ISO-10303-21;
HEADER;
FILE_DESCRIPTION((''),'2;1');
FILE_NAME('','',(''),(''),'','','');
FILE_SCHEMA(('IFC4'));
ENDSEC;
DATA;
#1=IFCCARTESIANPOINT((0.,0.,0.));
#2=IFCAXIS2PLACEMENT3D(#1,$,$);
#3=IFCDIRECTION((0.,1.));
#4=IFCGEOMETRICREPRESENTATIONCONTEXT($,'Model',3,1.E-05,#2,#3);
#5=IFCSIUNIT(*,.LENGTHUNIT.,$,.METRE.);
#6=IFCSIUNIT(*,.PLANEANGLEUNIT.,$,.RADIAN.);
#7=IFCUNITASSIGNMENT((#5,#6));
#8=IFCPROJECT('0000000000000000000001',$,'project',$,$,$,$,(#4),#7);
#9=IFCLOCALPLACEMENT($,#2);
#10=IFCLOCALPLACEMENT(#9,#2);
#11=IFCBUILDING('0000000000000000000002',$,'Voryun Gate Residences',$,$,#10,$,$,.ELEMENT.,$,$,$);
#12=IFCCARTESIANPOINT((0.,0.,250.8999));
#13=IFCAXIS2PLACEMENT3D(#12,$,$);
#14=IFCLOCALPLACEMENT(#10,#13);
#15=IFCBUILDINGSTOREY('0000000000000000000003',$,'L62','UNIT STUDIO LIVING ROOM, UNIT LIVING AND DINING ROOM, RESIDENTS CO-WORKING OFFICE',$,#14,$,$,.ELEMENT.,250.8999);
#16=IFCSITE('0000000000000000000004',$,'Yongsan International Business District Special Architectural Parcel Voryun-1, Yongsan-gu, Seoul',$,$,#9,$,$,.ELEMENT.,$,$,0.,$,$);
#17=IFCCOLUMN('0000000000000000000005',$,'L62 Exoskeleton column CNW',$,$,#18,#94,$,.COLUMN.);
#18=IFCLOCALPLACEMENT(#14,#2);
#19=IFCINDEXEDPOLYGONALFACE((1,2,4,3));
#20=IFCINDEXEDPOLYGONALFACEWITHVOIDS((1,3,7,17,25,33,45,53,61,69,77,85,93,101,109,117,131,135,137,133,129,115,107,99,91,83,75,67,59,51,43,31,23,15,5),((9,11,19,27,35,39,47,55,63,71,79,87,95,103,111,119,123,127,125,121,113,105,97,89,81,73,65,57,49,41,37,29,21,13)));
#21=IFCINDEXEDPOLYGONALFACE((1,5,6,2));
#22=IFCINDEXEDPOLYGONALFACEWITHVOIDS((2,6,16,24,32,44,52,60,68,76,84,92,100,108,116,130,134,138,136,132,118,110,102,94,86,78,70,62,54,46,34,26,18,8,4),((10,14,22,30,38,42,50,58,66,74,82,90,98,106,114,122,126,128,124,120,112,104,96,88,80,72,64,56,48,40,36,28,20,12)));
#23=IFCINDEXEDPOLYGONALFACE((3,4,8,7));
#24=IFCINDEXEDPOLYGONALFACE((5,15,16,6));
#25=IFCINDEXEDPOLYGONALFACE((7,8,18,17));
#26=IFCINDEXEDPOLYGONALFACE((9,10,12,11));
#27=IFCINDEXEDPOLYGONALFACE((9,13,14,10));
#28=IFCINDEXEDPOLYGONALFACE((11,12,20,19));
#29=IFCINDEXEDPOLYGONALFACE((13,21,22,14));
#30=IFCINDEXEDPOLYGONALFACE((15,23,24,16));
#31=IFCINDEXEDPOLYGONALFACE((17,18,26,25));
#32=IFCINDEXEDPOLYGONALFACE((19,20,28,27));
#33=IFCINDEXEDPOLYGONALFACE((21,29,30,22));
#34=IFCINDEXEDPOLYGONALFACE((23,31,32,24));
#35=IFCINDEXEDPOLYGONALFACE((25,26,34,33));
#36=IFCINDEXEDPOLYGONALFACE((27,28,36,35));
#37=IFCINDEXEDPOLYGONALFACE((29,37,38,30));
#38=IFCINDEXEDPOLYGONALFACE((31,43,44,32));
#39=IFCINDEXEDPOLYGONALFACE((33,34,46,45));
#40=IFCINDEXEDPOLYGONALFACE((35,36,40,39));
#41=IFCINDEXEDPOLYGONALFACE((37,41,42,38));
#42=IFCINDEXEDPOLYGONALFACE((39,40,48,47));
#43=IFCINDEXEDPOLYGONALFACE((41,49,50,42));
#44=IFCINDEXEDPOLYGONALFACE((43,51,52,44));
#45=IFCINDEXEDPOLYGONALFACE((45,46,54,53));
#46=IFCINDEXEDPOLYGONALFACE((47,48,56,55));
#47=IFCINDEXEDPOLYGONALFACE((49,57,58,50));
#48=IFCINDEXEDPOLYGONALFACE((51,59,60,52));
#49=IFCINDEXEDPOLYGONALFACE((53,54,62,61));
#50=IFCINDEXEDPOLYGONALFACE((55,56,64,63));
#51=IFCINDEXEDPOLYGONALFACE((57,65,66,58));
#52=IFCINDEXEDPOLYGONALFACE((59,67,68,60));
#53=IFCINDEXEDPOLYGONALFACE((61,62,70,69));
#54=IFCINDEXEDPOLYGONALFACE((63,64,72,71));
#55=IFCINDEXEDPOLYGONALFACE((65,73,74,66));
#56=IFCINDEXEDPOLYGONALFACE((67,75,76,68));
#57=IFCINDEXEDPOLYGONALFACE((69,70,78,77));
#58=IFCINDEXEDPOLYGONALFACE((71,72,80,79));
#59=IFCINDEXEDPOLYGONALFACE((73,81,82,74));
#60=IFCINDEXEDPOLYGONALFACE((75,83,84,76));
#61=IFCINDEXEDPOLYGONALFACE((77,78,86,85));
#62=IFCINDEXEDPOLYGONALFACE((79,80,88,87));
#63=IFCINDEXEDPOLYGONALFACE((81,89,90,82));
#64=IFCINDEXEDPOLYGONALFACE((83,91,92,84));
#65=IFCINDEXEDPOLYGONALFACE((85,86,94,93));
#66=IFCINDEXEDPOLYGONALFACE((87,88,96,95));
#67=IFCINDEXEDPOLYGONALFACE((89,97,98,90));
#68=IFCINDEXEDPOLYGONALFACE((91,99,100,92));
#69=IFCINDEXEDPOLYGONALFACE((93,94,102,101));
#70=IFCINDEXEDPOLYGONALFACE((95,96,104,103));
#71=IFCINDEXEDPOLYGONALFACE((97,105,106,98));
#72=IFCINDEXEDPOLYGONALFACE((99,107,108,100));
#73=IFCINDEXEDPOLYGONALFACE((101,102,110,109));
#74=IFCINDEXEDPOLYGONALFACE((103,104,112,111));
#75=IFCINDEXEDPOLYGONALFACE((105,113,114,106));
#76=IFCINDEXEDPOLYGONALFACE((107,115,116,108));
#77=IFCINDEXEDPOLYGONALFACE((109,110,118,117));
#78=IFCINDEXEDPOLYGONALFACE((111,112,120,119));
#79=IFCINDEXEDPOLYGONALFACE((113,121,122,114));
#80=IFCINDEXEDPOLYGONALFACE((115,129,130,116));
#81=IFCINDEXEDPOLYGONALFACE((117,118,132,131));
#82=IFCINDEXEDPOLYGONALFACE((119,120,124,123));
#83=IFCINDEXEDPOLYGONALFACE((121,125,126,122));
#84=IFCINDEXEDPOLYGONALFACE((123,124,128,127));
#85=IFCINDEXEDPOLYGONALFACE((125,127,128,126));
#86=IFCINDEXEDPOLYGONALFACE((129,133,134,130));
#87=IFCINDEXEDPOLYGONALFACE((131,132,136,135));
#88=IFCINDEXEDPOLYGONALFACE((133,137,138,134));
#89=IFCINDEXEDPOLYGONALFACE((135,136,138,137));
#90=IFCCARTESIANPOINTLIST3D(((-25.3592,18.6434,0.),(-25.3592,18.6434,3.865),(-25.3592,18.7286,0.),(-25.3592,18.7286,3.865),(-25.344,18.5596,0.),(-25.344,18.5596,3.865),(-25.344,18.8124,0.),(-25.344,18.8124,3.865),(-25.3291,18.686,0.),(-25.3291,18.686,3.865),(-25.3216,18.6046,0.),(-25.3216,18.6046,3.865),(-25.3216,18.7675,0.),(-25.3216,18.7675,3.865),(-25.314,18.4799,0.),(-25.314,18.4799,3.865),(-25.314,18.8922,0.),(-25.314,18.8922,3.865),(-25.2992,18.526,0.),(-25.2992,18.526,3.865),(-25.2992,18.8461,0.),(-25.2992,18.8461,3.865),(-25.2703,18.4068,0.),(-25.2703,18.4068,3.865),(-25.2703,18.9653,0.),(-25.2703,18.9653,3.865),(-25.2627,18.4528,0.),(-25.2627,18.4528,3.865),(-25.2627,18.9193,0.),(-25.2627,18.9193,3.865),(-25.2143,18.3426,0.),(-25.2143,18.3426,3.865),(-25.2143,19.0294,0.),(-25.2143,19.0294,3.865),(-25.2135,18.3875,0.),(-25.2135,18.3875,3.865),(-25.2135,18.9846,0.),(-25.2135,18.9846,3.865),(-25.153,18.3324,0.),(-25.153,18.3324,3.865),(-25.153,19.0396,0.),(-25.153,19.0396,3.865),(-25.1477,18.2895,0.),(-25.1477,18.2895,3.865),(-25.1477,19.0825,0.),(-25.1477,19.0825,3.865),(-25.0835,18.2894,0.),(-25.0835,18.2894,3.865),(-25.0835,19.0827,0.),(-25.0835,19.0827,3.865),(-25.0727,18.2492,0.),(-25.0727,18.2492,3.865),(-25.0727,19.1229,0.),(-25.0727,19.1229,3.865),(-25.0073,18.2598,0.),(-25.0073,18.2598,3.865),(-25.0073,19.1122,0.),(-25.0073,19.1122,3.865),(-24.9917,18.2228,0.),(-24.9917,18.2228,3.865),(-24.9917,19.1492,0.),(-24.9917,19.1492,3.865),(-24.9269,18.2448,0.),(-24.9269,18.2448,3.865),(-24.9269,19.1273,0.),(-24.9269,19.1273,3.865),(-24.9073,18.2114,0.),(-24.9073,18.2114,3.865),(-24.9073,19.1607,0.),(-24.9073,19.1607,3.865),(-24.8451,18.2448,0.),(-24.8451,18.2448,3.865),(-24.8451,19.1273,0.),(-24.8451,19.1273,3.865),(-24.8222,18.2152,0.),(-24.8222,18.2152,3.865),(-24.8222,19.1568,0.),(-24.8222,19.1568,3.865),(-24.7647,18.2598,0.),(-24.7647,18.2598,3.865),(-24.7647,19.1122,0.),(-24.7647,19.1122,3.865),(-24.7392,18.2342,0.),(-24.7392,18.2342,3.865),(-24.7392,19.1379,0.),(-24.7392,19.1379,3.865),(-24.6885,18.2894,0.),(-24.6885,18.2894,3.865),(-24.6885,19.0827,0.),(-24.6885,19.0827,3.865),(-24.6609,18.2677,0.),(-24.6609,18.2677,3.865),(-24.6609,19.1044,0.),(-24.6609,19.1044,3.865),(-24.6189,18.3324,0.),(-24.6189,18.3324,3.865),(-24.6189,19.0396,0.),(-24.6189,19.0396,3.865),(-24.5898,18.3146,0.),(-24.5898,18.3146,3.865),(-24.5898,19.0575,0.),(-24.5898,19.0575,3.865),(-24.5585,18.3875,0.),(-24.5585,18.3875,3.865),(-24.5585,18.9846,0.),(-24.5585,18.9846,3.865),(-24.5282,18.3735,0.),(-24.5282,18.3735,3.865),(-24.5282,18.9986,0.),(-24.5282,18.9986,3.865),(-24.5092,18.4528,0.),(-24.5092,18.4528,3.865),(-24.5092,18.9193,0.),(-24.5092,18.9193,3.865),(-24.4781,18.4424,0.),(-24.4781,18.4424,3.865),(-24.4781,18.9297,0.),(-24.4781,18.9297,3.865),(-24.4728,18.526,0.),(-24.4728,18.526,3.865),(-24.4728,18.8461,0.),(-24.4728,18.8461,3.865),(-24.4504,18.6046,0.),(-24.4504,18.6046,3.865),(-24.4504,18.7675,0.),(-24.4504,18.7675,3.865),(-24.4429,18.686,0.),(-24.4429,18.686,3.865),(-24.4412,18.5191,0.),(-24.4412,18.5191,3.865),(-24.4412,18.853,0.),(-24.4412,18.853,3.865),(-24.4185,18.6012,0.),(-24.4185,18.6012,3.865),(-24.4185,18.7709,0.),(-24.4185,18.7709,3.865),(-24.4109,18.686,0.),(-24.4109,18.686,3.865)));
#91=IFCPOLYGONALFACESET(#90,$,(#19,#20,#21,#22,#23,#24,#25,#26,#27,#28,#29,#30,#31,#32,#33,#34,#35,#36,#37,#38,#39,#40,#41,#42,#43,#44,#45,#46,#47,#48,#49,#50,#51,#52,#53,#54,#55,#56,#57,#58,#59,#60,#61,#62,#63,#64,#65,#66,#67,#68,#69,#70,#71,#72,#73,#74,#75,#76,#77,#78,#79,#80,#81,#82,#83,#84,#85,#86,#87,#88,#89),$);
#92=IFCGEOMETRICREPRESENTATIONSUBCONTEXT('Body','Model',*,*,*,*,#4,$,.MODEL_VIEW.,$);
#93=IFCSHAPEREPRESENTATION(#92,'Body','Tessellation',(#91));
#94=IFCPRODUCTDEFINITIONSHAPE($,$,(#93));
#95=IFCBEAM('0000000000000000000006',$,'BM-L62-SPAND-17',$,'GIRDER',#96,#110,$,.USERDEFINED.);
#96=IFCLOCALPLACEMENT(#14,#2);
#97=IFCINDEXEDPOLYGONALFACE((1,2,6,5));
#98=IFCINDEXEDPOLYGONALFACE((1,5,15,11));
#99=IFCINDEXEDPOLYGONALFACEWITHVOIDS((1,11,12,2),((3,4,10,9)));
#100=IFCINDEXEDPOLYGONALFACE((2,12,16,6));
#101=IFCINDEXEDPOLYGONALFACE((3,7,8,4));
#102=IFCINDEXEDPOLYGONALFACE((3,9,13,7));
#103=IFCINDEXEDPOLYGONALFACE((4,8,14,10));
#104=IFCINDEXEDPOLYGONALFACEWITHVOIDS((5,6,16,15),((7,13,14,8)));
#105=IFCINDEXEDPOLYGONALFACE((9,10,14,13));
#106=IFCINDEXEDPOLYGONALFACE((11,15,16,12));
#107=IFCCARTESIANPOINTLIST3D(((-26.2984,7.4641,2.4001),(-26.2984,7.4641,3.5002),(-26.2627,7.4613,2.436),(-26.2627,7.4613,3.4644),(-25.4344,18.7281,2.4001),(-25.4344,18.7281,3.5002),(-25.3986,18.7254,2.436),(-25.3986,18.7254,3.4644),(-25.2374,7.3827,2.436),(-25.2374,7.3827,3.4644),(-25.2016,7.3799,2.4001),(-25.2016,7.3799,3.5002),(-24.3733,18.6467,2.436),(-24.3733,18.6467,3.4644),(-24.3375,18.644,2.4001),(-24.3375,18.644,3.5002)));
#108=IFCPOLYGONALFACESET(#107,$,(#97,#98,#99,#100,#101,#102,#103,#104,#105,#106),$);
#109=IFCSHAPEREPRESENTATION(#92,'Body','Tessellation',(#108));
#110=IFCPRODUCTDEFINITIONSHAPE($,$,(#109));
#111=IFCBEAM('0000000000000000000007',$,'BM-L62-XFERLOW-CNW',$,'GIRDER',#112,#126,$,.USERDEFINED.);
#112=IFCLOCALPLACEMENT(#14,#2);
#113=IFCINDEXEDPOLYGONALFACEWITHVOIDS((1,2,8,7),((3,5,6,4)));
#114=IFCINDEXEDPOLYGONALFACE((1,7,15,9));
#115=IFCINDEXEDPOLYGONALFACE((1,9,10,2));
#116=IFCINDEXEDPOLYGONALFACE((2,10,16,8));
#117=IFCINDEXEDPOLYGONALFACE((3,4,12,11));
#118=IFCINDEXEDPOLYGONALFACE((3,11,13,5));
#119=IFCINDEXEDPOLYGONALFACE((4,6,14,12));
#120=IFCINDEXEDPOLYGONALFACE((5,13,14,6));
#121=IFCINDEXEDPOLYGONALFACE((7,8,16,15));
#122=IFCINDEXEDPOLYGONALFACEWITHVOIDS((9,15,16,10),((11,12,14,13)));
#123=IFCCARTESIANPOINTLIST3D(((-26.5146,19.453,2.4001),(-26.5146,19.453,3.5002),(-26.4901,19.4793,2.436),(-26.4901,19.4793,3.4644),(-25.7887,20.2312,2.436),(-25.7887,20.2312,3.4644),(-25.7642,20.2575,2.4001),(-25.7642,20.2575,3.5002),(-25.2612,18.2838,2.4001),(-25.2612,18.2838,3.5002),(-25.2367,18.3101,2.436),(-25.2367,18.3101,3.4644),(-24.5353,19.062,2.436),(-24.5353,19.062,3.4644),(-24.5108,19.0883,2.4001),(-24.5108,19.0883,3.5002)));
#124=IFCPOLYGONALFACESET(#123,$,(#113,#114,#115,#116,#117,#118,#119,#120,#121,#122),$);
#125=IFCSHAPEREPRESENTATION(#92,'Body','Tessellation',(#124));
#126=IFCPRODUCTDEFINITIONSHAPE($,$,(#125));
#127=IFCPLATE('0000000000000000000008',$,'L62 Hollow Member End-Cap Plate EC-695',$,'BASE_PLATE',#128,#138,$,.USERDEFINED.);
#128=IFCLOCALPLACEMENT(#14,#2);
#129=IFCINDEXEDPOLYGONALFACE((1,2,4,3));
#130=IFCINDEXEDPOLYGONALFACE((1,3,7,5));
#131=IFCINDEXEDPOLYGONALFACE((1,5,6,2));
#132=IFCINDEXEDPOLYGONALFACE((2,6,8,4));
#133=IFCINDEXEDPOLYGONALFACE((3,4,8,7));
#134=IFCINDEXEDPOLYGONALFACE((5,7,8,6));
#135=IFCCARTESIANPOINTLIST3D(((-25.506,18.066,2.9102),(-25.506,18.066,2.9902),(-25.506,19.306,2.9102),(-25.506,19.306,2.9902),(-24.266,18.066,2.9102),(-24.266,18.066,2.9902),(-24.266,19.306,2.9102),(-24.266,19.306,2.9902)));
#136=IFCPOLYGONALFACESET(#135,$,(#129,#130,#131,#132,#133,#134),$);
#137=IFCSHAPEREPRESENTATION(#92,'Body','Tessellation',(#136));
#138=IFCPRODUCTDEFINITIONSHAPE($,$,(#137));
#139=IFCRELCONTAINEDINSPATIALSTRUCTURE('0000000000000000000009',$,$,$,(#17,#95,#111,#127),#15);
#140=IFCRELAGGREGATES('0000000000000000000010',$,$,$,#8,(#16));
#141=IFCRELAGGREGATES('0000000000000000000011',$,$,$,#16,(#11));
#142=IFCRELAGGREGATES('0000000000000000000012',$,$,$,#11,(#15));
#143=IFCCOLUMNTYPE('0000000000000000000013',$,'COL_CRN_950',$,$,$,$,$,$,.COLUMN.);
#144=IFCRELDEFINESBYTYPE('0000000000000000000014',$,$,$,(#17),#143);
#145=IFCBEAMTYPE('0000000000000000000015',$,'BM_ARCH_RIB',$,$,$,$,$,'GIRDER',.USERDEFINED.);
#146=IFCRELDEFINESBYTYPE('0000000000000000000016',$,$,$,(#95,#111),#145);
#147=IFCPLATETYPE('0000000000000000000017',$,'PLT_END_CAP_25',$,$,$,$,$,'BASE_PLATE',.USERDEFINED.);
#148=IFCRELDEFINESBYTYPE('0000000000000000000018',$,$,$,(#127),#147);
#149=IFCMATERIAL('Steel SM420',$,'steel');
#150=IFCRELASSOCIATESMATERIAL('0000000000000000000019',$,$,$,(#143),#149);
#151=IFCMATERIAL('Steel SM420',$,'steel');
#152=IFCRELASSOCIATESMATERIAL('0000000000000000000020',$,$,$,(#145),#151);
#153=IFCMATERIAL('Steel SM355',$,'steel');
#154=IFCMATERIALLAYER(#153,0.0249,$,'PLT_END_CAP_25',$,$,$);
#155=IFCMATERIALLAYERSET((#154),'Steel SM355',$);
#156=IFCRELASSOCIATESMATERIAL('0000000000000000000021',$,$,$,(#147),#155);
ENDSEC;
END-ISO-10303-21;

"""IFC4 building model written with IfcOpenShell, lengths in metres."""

from ifc_helpers import new_model, si_unit, direction, frame, origin, origin_2d, place, context, subcontext, project, spatial, rectangle, hollow_rectangle, hollow_circle, extrude, material, layer, layer_set, material_profile, profile_set, type_object, element, save


model = new_model("IFC4")

# Units and contexts
model_context = context("Model", 3, precision=1e-05, world=origin(), true_north=direction((0.0, 1.0)))
body_context = subcontext(model_context, "Body", "Model", "MODEL_VIEW")
ifc_project = project(units=[si_unit("LENGTHUNIT", "METRE"), si_unit("PLANEANGLEUNIT", "RADIAN")], contexts=[model_context])

# Site, building, storey
site_placement = place(None, origin())
site = spatial("IfcSite", under=ifc_project, at=site_placement, Name="Yongsan International Business District Special Architectural Parcel Voryun-1, Yongsan-gu, Seoul", CompositionType="ELEMENT", RefElevation=0.0)
building_placement = place(site_placement, origin())
building = spatial("IfcBuilding", under=site, at=building_placement, Name="Voryun Gate Residences", CompositionType="ELEMENT")
storey_placement = place(building_placement, frame((0.0, 0.0, 250.8999)))
storey = spatial("IfcBuildingStorey", under=building, at=storey_placement, Name="L62", Description="UNIT STUDIO LIVING ROOM, UNIT LIVING AND DINING ROOM, RESIDENTS CO-WORKING OFFICE", CompositionType="ELEMENT", Elevation=250.8999)

# Column
ifc_material_1 = material(Name="Steel SM420", Category="steel")
ifc_material_profile_1 = material_profile(ifc_material_1, hollow_circle(Radius=0.4751, WallThickness=0.032, at=origin_2d()), Name="CHS-950x32")
ifc_profile_set_1 = profile_set([ifc_material_profile_1], Name="Steel SM420")
column_type = type_object("IfcColumnType", Name="COL_CRN_950", PredefinedType="COLUMN", material=ifc_profile_set_1)
column_placement = place(storey_placement, frame((-24.886, 18.686, 0.0), z_axis=(0.0, 0.0, 1.0), x_axis=(1.0, 0.0, 0.0)))
element("IfcColumn", 1, at=column_placement, inside=storey, type_object=column_type, Name="L62 Exoskeleton column CNW", PredefinedType="COLUMN", context=body_context, shape_type="SweptSolid", body=[
    extrude(hollow_circle(Radius=0.4751, WallThickness=0.032, at=origin_2d()), origin(), (0.0, 0.0, 1.0), 3.865),
])

# Beams
ifc_material_2 = material(Name="Steel SM420", Category="steel")
ifc_material_profile_2 = material_profile(ifc_material_2, hollow_rectangle(XDim=1.1001, YDim=1.1001, WallThickness=0.0359, at=origin_2d()), Name="BOX-1100x1100x36")
ifc_profile_set_2 = profile_set([ifc_material_profile_2], Name="Steel SM420")
beam_type = type_object("IfcBeamType", Name="BM_ARCH_RIB", ElementType="GIRDER", PredefinedType="USERDEFINED", material=ifc_profile_set_2)
beam_1_placement = place(storey_placement, frame((-24.886, 18.686, 2.9502), z_axis=(-0.076482, -0.997071, 0.0), x_axis=(0.997071, -0.076482, 0.0)))
element("IfcBeam", 2, at=beam_1_placement, inside=storey, type_object=beam_type, Name="BM-L62-SPAND-17", ObjectType="GIRDER", PredefinedType="USERDEFINED", context=body_context, shape_type="SweptSolid", body=[
    extrude(hollow_rectangle(XDim=1.1001, YDim=1.1001, WallThickness=0.0359, at=origin_2d()), origin(), (0.0, 0.0, 1.0), 11.2971),
])
beam_2_placement = place(storey_placement, frame((-24.886, 18.686, 2.9502), z_axis=(-0.731249, 0.68211, 0.0), x_axis=(-0.68211, -0.731249, 0.0)))
element("IfcBeam", 3, at=beam_2_placement, inside=storey, type_object=beam_type, Name="BM-L62-XFERLOW-CNW", ObjectType="GIRDER", PredefinedType="USERDEFINED", context=body_context, shape_type="SweptSolid", body=[
    extrude(hollow_rectangle(XDim=1.1001, YDim=1.1001, WallThickness=0.0359, at=origin_2d()), origin(), (0.0, 0.0, 1.0), 1.7141),
])

# Plate
ifc_material_3 = material(Name="Steel SM355", Category="steel")
ifc_layer_1 = layer(ifc_material_3, 0.0249, Name="PLT_END_CAP_25")
ifc_layer_set_1 = layer_set([ifc_layer_1], Name="Steel SM355")
plate_type = type_object("IfcPlateType", Name="PLT_END_CAP_25", ElementType="BASE_PLATE", PredefinedType="USERDEFINED", material=ifc_layer_set_1)
plate_placement = place(storey_placement, frame((-24.886, 18.686, 2.9102), z_axis=(0.0, 0.0, 1.0), x_axis=(1.0, 0.0, 0.0)))
element("IfcPlate", 4, at=plate_placement, inside=storey, type_object=plate_type, Name="L62 Hollow Member End-Cap Plate EC-695", ObjectType="BASE_PLATE", PredefinedType="USERDEFINED", context=body_context, shape_type="SweptSolid", body=[
    extrude(rectangle(XDim=1.24, YDim=1.24, at=origin_2d()), origin(), (0.0, 0.0, 1.0), 0.0801),
])

save(model, "model.ifc")
